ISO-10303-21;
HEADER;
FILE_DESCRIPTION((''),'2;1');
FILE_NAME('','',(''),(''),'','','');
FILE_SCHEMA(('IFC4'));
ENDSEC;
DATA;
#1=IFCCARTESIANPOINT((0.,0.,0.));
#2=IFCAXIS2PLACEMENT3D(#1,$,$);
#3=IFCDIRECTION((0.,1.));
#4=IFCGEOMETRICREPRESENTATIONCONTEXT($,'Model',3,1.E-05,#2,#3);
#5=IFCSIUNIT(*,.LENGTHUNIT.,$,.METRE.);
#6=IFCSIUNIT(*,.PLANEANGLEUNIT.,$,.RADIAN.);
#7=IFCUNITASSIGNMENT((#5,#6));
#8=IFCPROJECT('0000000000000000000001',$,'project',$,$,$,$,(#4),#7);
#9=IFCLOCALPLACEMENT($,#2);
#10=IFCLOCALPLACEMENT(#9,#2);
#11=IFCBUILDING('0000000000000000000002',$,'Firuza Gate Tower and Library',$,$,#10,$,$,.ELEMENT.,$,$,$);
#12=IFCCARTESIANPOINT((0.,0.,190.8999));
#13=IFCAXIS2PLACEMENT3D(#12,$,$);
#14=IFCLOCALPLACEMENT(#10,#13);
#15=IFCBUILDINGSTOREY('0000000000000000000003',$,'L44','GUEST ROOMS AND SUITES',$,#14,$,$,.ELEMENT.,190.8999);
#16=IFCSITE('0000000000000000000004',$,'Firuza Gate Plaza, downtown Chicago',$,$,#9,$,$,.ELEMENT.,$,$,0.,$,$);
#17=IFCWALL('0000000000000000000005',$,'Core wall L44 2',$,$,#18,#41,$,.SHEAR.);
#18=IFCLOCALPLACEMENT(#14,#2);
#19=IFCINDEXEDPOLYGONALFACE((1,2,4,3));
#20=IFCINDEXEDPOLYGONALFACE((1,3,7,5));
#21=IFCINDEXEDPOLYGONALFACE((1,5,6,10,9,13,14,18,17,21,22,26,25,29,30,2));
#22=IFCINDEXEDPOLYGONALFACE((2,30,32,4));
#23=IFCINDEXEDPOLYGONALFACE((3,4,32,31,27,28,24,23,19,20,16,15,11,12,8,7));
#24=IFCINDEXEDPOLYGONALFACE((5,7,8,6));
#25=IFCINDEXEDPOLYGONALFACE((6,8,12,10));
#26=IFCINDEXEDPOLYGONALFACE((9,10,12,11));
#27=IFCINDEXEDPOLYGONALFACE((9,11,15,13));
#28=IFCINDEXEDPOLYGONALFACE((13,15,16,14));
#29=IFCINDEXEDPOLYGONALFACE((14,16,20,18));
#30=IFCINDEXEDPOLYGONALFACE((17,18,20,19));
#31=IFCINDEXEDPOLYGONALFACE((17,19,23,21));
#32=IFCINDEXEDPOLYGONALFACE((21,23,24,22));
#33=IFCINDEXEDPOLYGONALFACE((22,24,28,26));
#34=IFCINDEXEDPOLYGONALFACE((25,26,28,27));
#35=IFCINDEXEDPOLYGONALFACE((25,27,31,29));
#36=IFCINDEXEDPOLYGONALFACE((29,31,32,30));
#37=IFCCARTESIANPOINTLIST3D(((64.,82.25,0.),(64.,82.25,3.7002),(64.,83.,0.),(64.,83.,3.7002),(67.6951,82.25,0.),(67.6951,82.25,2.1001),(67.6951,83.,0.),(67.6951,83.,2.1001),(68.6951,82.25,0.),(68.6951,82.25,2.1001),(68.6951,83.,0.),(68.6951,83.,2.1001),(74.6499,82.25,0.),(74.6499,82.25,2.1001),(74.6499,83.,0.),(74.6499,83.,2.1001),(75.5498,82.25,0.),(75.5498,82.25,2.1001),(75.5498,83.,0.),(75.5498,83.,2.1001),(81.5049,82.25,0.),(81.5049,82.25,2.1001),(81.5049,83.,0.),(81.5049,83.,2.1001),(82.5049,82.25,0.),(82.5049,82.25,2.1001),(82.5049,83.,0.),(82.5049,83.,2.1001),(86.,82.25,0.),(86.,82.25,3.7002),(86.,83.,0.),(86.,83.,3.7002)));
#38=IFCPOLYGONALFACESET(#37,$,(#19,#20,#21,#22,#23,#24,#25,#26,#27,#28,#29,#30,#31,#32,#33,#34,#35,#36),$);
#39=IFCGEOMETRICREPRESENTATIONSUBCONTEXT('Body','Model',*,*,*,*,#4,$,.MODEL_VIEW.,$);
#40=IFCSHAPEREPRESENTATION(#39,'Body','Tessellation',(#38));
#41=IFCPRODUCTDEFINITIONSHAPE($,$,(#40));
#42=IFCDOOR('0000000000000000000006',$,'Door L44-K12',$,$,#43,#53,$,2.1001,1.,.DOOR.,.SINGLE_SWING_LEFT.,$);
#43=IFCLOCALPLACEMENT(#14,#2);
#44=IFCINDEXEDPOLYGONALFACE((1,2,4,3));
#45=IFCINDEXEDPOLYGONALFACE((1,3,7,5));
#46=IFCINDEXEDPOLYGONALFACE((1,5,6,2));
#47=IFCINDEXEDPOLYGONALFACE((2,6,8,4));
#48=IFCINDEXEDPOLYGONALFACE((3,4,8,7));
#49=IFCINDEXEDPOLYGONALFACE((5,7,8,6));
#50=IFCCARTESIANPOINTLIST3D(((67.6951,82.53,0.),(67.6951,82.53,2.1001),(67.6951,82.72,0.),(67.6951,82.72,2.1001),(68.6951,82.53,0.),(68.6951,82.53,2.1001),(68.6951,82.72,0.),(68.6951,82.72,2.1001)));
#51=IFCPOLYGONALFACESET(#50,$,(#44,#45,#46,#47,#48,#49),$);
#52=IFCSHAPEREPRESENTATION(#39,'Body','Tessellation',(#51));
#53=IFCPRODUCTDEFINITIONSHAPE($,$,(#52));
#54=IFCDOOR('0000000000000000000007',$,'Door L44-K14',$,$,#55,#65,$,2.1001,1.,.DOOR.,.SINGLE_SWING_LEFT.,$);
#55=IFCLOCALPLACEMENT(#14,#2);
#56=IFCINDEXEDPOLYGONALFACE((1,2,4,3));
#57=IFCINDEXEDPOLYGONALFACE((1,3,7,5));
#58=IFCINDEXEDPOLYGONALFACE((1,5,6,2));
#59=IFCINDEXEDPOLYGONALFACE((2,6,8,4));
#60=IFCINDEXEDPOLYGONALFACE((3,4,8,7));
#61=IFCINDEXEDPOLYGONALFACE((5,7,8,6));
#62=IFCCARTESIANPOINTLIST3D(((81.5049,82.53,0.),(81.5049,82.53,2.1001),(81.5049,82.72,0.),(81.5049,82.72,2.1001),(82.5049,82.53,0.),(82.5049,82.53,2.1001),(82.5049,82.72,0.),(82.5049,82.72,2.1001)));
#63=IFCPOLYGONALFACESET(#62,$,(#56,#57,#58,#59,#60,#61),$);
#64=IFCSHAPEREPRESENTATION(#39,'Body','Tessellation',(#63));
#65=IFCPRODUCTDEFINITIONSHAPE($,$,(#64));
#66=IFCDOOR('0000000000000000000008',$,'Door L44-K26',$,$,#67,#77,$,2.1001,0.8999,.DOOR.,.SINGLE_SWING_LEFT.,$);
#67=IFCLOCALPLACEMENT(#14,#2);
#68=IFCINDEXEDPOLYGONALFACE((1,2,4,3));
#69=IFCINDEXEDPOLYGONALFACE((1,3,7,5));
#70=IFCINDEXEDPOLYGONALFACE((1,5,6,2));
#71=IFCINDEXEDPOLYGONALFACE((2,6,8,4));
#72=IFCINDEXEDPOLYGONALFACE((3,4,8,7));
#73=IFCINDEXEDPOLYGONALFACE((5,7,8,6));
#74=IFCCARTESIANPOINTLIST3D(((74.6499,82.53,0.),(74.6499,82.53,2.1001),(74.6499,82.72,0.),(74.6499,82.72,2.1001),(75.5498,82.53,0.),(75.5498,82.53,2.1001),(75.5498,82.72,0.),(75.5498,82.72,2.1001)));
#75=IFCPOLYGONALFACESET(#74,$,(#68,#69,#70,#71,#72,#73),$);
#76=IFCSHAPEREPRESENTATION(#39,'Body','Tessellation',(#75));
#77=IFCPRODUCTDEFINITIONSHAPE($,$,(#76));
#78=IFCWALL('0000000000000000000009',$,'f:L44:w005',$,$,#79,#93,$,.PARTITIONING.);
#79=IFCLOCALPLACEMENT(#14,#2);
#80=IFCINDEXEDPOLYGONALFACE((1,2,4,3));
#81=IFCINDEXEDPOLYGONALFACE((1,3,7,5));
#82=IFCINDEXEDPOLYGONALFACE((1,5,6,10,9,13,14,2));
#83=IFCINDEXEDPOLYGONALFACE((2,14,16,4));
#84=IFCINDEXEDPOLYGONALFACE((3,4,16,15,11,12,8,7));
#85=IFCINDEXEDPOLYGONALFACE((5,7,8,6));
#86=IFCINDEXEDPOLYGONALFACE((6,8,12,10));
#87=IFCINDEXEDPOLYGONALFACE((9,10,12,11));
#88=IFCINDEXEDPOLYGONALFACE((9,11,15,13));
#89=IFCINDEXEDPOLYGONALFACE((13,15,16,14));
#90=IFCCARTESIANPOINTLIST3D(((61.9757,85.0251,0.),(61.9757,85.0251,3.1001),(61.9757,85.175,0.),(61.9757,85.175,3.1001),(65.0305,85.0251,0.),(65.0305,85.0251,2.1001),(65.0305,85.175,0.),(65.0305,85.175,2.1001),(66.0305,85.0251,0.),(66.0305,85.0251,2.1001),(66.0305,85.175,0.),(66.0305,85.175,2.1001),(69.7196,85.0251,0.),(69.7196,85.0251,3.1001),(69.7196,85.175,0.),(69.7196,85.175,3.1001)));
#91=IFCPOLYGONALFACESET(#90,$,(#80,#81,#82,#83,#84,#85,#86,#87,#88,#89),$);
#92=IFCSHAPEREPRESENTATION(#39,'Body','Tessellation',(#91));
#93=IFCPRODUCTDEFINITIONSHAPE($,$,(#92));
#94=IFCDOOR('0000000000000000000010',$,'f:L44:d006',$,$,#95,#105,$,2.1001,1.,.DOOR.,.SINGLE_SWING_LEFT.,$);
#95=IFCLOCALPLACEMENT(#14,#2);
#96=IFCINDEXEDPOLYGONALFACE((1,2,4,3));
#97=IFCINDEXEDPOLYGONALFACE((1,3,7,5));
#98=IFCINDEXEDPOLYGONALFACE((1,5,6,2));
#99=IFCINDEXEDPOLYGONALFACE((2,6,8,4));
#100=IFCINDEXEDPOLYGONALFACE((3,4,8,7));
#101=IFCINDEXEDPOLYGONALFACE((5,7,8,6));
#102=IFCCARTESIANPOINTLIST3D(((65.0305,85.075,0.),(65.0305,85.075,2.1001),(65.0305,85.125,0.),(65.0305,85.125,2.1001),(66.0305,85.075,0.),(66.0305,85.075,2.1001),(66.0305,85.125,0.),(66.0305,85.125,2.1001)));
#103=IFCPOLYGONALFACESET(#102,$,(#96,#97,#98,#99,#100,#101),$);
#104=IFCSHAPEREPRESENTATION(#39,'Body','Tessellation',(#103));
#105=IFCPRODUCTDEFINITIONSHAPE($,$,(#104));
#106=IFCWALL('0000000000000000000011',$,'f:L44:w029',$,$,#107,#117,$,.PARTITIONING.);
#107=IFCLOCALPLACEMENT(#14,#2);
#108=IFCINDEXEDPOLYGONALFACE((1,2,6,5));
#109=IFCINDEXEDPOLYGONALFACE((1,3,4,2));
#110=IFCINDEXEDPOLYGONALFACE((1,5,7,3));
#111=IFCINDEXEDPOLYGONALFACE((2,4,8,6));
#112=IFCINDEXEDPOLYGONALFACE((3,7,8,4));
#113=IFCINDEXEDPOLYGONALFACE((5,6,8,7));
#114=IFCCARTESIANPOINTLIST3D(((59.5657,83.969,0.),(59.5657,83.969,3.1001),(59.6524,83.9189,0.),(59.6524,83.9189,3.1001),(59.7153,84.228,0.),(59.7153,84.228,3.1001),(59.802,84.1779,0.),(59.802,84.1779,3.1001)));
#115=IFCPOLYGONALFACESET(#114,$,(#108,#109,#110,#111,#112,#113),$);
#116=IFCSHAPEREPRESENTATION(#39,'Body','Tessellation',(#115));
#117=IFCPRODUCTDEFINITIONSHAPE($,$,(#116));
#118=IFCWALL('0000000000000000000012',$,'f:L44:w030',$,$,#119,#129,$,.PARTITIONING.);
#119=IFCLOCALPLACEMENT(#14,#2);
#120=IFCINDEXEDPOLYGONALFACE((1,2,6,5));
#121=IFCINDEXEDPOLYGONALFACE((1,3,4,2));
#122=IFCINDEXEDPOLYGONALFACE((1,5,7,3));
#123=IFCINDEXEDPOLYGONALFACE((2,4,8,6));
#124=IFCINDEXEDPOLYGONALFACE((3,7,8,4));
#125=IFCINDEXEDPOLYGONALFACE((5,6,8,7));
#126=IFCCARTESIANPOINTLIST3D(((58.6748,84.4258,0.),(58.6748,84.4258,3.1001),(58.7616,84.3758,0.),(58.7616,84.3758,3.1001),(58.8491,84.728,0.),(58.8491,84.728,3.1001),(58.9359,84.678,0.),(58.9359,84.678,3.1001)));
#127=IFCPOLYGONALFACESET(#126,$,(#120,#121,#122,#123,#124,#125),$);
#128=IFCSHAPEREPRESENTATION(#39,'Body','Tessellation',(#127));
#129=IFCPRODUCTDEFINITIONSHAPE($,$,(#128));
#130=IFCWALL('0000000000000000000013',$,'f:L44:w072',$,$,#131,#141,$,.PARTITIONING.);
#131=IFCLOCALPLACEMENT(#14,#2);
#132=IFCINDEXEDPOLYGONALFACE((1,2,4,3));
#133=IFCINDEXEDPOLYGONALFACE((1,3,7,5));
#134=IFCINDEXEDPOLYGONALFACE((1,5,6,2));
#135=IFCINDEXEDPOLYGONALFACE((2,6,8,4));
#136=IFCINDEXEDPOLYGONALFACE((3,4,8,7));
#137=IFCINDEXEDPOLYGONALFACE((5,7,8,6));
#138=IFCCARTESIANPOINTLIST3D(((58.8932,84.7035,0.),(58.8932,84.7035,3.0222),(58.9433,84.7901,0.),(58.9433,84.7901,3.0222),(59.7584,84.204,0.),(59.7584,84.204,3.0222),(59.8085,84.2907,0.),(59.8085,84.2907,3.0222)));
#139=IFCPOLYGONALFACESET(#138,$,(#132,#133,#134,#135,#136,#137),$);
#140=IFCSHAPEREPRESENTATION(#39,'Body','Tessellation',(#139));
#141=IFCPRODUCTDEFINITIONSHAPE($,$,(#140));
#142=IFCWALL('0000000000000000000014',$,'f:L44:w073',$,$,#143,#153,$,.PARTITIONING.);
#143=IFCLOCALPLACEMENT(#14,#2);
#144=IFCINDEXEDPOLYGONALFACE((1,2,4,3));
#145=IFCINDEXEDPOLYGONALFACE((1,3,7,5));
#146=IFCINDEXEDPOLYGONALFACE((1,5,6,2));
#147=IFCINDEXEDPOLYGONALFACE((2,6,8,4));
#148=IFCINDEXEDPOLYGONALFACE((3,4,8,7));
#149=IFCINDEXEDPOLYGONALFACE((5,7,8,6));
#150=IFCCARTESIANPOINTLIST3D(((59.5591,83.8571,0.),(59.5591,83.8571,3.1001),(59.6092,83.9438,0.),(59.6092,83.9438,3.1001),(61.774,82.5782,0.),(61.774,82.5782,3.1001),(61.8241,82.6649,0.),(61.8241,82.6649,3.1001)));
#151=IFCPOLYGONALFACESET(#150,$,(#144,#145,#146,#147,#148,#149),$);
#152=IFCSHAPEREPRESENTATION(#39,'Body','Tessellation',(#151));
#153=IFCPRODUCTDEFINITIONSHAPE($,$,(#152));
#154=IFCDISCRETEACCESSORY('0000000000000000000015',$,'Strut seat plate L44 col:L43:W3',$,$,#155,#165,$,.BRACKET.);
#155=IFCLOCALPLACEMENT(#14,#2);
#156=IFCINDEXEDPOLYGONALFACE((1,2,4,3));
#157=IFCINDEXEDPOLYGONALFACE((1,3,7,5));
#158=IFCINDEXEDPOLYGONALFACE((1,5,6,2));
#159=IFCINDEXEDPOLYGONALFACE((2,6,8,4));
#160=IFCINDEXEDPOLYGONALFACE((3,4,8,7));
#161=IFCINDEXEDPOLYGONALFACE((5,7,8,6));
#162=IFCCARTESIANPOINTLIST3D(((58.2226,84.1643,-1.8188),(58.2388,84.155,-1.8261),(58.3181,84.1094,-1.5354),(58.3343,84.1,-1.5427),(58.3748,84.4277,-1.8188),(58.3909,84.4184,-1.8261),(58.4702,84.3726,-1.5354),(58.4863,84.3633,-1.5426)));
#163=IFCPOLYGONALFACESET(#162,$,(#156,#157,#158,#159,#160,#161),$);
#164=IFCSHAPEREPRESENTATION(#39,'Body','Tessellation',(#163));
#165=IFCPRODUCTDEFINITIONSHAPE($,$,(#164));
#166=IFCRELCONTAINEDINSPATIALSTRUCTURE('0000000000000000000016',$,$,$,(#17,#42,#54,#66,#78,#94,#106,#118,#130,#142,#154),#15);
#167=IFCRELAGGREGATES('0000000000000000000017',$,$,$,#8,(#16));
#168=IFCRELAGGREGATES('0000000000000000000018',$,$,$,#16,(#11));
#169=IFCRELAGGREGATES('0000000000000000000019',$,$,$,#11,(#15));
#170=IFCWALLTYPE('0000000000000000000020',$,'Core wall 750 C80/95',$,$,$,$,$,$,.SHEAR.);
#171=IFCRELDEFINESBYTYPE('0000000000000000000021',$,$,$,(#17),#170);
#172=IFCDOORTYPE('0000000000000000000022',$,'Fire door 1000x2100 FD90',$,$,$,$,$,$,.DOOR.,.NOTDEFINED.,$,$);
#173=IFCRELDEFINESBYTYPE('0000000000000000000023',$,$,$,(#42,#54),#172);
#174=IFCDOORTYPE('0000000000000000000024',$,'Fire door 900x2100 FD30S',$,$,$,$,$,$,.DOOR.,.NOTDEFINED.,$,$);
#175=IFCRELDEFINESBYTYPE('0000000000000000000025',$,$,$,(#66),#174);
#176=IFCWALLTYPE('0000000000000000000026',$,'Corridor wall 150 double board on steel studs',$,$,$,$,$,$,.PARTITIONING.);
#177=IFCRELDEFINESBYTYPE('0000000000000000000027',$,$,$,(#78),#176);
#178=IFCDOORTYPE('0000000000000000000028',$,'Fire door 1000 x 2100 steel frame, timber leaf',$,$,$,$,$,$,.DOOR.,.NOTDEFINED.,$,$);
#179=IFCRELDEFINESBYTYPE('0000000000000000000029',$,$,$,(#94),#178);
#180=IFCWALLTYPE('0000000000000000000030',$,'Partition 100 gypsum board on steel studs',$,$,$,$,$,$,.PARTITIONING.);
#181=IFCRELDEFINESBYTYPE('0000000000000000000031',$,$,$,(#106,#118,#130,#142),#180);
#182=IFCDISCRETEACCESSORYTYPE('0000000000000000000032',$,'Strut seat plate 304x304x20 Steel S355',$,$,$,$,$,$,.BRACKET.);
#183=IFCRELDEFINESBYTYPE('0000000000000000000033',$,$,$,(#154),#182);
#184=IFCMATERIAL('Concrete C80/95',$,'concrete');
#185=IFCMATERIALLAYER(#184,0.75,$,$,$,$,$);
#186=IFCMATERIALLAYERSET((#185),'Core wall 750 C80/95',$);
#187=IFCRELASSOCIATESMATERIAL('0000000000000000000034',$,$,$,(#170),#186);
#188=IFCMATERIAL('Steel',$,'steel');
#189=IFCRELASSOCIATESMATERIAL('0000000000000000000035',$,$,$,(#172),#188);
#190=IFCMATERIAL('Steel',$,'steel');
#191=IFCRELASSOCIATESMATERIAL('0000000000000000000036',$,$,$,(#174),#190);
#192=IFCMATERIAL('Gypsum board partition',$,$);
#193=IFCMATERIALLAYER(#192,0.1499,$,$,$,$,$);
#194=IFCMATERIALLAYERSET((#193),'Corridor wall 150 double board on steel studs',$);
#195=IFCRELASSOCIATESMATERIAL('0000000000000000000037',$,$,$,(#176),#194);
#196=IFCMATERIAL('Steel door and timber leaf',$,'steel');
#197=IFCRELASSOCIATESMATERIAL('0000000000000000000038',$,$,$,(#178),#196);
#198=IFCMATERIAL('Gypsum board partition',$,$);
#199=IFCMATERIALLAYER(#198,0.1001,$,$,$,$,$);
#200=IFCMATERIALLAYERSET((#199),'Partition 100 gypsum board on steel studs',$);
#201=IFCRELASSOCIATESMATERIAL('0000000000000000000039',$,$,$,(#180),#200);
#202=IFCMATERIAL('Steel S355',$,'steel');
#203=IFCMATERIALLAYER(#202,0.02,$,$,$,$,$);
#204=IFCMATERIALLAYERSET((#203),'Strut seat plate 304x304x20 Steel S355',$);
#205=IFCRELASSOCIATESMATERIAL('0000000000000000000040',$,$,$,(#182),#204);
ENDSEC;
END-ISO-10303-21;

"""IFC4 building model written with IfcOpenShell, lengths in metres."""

from ifc_helpers import new_model, si_unit, direction, frame, frame_2d, origin, place, context, subcontext, project, spatial, polyline, rectangle, outline, extrude, material, layer, layer_set, type_object, element, fill, save


model = new_model("IFC4")

# Units and contexts
model_context = context("Model", 3, precision=1e-05, world=origin(), true_north=direction((0.0, 1.0)))
body_context = subcontext(model_context, "Body", "Model", "MODEL_VIEW")
ifc_project = project(units=[si_unit("LENGTHUNIT", "METRE"), si_unit("PLANEANGLEUNIT", "RADIAN")], contexts=[model_context])

# Site, building, storey
site_placement = place(None, origin())
site = spatial("IfcSite", under=ifc_project, at=site_placement, Name="Firuza Gate Plaza, downtown Chicago", CompositionType="ELEMENT", RefElevation=0.0)
building_placement = place(site_placement, origin())
building = spatial("IfcBuilding", under=site, at=building_placement, Name="Firuza Gate Tower and Library", CompositionType="ELEMENT")
storey_placement = place(building_placement, frame((0.0, 0.0, 190.8999)))
storey = spatial("IfcBuildingStorey", under=building, at=storey_placement, Name="L44", Description="GUEST ROOMS AND SUITES", CompositionType="ELEMENT", Elevation=190.8999)

# Wall, openings, doors
ifc_material_1 = material(Name="Concrete C80/95", Category="concrete")
ifc_layer_1 = layer(ifc_material_1, 0.75)
ifc_layer_set_1 = layer_set([ifc_layer_1], Name="Core wall 750 C80/95")
wall_type_1 = type_object("IfcWallType", Name="Core wall 750 C80/95", PredefinedType="SHEAR", material=ifc_layer_set_1)
wall_1_placement = place(storey_placement, frame((64.0, 82.625, 0.0), z_axis=(0.0, 0.0, 1.0), x_axis=(1.0, 0.0, 0.0)))
wall_1 = element("IfcWall", 1, at=wall_1_placement, inside=storey, type_object=wall_type_1, Name="Core wall L44 2", PredefinedType="SHEAR", context=body_context, shape_type="SweptSolid", body=[
    extrude(rectangle(XDim=22.0, YDim=0.75, at=frame_2d((11.0, 0.0))), origin(), (0.0, 0.0, 1.0), 3.7002),
])
opening_1_placement = place(wall_1_placement, frame((3.6951, 0.0, 0.0)))
opening_1 = element("IfcOpeningElement", 2, at=opening_1_placement, cuts=wall_1, PredefinedType="OPENING", context=body_context, shape_type="SweptSolid", body=[
    extrude(rectangle(XDim=1.0, YDim=2.1001, at=frame_2d((0.5, 1.05))), frame((0.0, 0.385, 0.0), z_axis=(0.0, -1.0, 0.0), x_axis=(1.0, 0.0, 0.0)), (0.0, 0.0, 1.0), 0.77),
])
opening_2_placement = place(wall_1_placement, frame((17.5049, 0.0, 0.0)))
opening_2 = element("IfcOpeningElement", 3, at=opening_2_placement, cuts=wall_1, PredefinedType="OPENING", context=body_context, shape_type="SweptSolid", body=[
    extrude(rectangle(XDim=1.0, YDim=2.1001, at=frame_2d((0.5, 1.05))), frame((0.0, 0.385, 0.0), z_axis=(0.0, -1.0, 0.0), x_axis=(1.0, 0.0, 0.0)), (0.0, 0.0, 1.0), 0.77),
])
opening_3_placement = place(wall_1_placement, frame((10.6499, 0.0, 0.0)))
opening_3 = element("IfcOpeningElement", 4, at=opening_3_placement, cuts=wall_1, PredefinedType="OPENING", context=body_context, shape_type="SweptSolid", body=[
    extrude(rectangle(XDim=0.8999, YDim=2.1001, at=frame_2d((0.45, 1.05))), frame((0.0, 0.385, 0.0), z_axis=(0.0, -1.0, 0.0), x_axis=(1.0, 0.0, 0.0)), (0.0, 0.0, 1.0), 0.77),
])
ifc_material_2 = material(Name="Steel", Category="steel")
door_type_1 = type_object("IfcDoorType", Name="Fire door 1000x2100 FD90", OperationType="NOTDEFINED", PredefinedType="DOOR", material=ifc_material_2)
door_1_placement = place(opening_1_placement, origin())
door_1 = element("IfcDoor", 5, at=door_1_placement, inside=storey, type_object=door_type_1, Name="Door L44-K12", OperationType="SINGLE_SWING_LEFT", OverallHeight=2.1001, OverallWidth=1.0, PredefinedType="DOOR", context=body_context, shape_type="SweptSolid", body=[
    extrude(rectangle(XDim=1.0, YDim=2.1001, at=frame_2d((0.5, 1.05))), frame((0.0, 0.095, 0.0), z_axis=(0.0, -1.0, 0.0), x_axis=(1.0, 0.0, 0.0)), (0.0, 0.0, 1.0), 0.1899),
])
fill(opening_1, door_1)
door_2_placement = place(opening_2_placement, origin())
door_2 = element("IfcDoor", 6, at=door_2_placement, inside=storey, type_object=door_type_1, Name="Door L44-K14", OperationType="SINGLE_SWING_LEFT", OverallHeight=2.1001, OverallWidth=1.0, PredefinedType="DOOR", context=body_context, shape_type="SweptSolid", body=[
    extrude(rectangle(XDim=1.0, YDim=2.1001, at=frame_2d((0.5, 1.05))), frame((0.0, 0.095, 0.0), z_axis=(0.0, -1.0, 0.0), x_axis=(1.0, 0.0, 0.0)), (0.0, 0.0, 1.0), 0.1899),
])
fill(opening_2, door_2)
ifc_material_3 = material(Name="Steel", Category="steel")
door_type_2 = type_object("IfcDoorType", Name="Fire door 900x2100 FD30S", OperationType="NOTDEFINED", PredefinedType="DOOR", material=ifc_material_3)
door_3_placement = place(opening_3_placement, origin())
door_3 = element("IfcDoor", 7, at=door_3_placement, inside=storey, type_object=door_type_2, Name="Door L44-K26", OperationType="SINGLE_SWING_LEFT", OverallHeight=2.1001, OverallWidth=0.8999, PredefinedType="DOOR", context=body_context, shape_type="SweptSolid", body=[
    extrude(rectangle(XDim=0.8999, YDim=2.1001, at=frame_2d((0.45, 1.05))), frame((0.0, 0.095, 0.0), z_axis=(0.0, -1.0, 0.0), x_axis=(1.0, 0.0, 0.0)), (0.0, 0.0, 1.0), 0.1899),
])
fill(opening_3, door_3)

# Wall, opening, door
ifc_material_4 = material(Name="Gypsum board partition")
ifc_layer_2 = layer(ifc_material_4, 0.1499)
ifc_layer_set_2 = layer_set([ifc_layer_2], Name="Corridor wall 150 double board on steel studs")
wall_type_2 = type_object("IfcWallType", Name="Corridor wall 150 double board on steel studs", PredefinedType="PARTITIONING", material=ifc_layer_set_2)
wall_2_placement = place(storey_placement, frame((61.9756, 85.1001, 0.0), z_axis=(0.0, 0.0, 1.0), x_axis=(1.0, 0.0, 0.0)))
wall_2 = element("IfcWall", 8, at=wall_2_placement, inside=storey, type_object=wall_type_2, Name="f:L44:w005", PredefinedType="PARTITIONING", context=body_context, shape_type="SweptSolid", body=[
    extrude(rectangle(XDim=7.7439, YDim=0.1499, at=frame_2d((3.8721, 0.0))), origin(), (0.0, 0.0, 1.0), 3.1001),
])
opening_4_placement = place(wall_2_placement, frame((3.0549, 0.0, 0.0)))
opening_4 = element("IfcOpeningElement", 9, at=opening_4_placement, cuts=wall_2, PredefinedType="OPENING", context=body_context, shape_type="SweptSolid", body=[
    extrude(rectangle(XDim=1.0, YDim=2.1001, at=frame_2d((0.5, 1.05))), frame((0.0, 0.085, 0.0), z_axis=(0.0, -1.0, 0.0), x_axis=(1.0, 0.0, 0.0)), (0.0, 0.0, 1.0), 0.1699),
])
ifc_material_5 = material(Name="Steel door and timber leaf", Category="steel")
door_type_3 = type_object("IfcDoorType", Name="Fire door 1000 x 2100 steel frame, timber leaf", OperationType="NOTDEFINED", PredefinedType="DOOR", material=ifc_material_5)
door_4_placement = place(opening_4_placement, origin())
door_4 = element("IfcDoor", 10, at=door_4_placement, inside=storey, type_object=door_type_3, Name="f:L44:d006", OperationType="SINGLE_SWING_LEFT", OverallHeight=2.1001, OverallWidth=1.0, PredefinedType="DOOR", context=body_context, shape_type="SweptSolid", body=[
    extrude(rectangle(XDim=1.0, YDim=2.1001, at=frame_2d((0.5, 1.05))), frame((0.0, 0.0249, 0.0), z_axis=(0.0, -1.0, 0.0), x_axis=(1.0, 0.0, 0.0)), (0.0, 0.0, 1.0), 0.05),
])
fill(opening_4, door_4)

# Walls
ifc_material_6 = material(Name="Gypsum board partition")
ifc_layer_3 = layer(ifc_material_6, 0.1001)
ifc_layer_set_3 = layer_set([ifc_layer_3], Name="Partition 100 gypsum board on steel studs")
wall_type_3 = type_object("IfcWallType", Name="Partition 100 gypsum board on steel studs", PredefinedType="PARTITIONING", material=ifc_layer_set_3)
wall_3_placement = place(storey_placement, frame((59.6091, 83.9441, 0.0), z_axis=(0.0, 0.0, 1.0), x_axis=(0.500264, 0.865873, 0.0)))
element("IfcWall", 11, at=wall_3_placement, inside=storey, type_object=wall_type_3, Name="f:L44:w029", PredefinedType="PARTITIONING", context=body_context, shape_type="SweptSolid", body=[
    extrude(rectangle(XDim=0.2991, YDim=0.1001, at=frame_2d((0.1494, 0.0))), origin(), (0.0, 0.0, 1.0), 3.1001),
])
wall_4_placement = place(storey_placement, frame((58.7183, 84.4009, 0.0), z_axis=(0.0, 0.0, 1.0), x_axis=(0.499601, 0.866255, 0.0)))
element("IfcWall", 12, at=wall_4_placement, inside=storey, type_object=wall_type_3, Name="f:L44:w030", PredefinedType="PARTITIONING", context=body_context, shape_type="SweptSolid", body=[
    extrude(rectangle(XDim=0.3489, YDim=0.1001, at=frame_2d((0.1743, 0.0))), origin(), (0.0, 0.0, 1.0), 3.1001),
])
wall_5_placement = place(storey_placement, frame((59.7834, 84.2473, 0.0), z_axis=(0.0, 0.0, 1.0), x_axis=(-0.866039, 0.499976, 0.0)))
element("IfcWall", 13, at=wall_5_placement, inside=storey, type_object=wall_type_3, Name="f:L44:w072", PredefinedType="PARTITIONING", context=body_context, shape_type="SweptSolid", body=[
    extrude(rectangle(XDim=0.999, YDim=0.1001, at=frame_2d((0.4995, 0.0))), origin(), (0.0, 0.0, 1.0), 3.0222),
])
wall_6_placement = place(storey_placement, frame((61.7991, 82.6216, 0.0), z_axis=(0.0, 0.0, 1.0), x_axis=(-0.866014, 0.50002, 0.0)))
element("IfcWall", 14, at=wall_6_placement, inside=storey, type_object=wall_type_3, Name="f:L44:w073", PredefinedType="PARTITIONING", context=body_context, shape_type="SweptSolid", body=[
    extrude(rectangle(XDim=2.5576, YDim=0.1001, at=frame_2d((1.2788, 0.0))), origin(), (0.0, 0.0, 1.0), 3.1001),
])

# Discrete accessory
ifc_material_7 = material(Name="Steel S355", Category="steel")
ifc_layer_4 = layer(ifc_material_7, 0.02)
ifc_layer_set_4 = layer_set([ifc_layer_4], Name="Strut seat plate 304x304x20 Steel S355")
discrete_accessory_type = type_object("IfcDiscreteAccessoryType", Name="Strut seat plate 304x304x20 Steel S355", PredefinedType="BRACKET", material=ifc_layer_set_4)
discrete_accessory_placement = place(storey_placement, frame((58.3181, 84.1094, -1.5354), z_axis=(-0.807065, 0.466204, 0.362353), x_axis=(0.50022, 0.865898, 0.000068)))
element("IfcDiscreteAccessory", 15, at=discrete_accessory_placement, inside=storey, type_object=discrete_accessory_type, Name="Strut seat plate L44 col:L43:W3", PredefinedType="BRACKET", context=body_context, shape_type="SweptSolid", body=[
    extrude(outline(polyline([(0.0, 0.0), (0.304, 0.0), (0.304, 0.3041), (-0.0002, 0.3041), (0.0, 0.0)])), origin(), (0.0, 0.0, -1.0), 0.02),
])

save(model, "model.ifc")
